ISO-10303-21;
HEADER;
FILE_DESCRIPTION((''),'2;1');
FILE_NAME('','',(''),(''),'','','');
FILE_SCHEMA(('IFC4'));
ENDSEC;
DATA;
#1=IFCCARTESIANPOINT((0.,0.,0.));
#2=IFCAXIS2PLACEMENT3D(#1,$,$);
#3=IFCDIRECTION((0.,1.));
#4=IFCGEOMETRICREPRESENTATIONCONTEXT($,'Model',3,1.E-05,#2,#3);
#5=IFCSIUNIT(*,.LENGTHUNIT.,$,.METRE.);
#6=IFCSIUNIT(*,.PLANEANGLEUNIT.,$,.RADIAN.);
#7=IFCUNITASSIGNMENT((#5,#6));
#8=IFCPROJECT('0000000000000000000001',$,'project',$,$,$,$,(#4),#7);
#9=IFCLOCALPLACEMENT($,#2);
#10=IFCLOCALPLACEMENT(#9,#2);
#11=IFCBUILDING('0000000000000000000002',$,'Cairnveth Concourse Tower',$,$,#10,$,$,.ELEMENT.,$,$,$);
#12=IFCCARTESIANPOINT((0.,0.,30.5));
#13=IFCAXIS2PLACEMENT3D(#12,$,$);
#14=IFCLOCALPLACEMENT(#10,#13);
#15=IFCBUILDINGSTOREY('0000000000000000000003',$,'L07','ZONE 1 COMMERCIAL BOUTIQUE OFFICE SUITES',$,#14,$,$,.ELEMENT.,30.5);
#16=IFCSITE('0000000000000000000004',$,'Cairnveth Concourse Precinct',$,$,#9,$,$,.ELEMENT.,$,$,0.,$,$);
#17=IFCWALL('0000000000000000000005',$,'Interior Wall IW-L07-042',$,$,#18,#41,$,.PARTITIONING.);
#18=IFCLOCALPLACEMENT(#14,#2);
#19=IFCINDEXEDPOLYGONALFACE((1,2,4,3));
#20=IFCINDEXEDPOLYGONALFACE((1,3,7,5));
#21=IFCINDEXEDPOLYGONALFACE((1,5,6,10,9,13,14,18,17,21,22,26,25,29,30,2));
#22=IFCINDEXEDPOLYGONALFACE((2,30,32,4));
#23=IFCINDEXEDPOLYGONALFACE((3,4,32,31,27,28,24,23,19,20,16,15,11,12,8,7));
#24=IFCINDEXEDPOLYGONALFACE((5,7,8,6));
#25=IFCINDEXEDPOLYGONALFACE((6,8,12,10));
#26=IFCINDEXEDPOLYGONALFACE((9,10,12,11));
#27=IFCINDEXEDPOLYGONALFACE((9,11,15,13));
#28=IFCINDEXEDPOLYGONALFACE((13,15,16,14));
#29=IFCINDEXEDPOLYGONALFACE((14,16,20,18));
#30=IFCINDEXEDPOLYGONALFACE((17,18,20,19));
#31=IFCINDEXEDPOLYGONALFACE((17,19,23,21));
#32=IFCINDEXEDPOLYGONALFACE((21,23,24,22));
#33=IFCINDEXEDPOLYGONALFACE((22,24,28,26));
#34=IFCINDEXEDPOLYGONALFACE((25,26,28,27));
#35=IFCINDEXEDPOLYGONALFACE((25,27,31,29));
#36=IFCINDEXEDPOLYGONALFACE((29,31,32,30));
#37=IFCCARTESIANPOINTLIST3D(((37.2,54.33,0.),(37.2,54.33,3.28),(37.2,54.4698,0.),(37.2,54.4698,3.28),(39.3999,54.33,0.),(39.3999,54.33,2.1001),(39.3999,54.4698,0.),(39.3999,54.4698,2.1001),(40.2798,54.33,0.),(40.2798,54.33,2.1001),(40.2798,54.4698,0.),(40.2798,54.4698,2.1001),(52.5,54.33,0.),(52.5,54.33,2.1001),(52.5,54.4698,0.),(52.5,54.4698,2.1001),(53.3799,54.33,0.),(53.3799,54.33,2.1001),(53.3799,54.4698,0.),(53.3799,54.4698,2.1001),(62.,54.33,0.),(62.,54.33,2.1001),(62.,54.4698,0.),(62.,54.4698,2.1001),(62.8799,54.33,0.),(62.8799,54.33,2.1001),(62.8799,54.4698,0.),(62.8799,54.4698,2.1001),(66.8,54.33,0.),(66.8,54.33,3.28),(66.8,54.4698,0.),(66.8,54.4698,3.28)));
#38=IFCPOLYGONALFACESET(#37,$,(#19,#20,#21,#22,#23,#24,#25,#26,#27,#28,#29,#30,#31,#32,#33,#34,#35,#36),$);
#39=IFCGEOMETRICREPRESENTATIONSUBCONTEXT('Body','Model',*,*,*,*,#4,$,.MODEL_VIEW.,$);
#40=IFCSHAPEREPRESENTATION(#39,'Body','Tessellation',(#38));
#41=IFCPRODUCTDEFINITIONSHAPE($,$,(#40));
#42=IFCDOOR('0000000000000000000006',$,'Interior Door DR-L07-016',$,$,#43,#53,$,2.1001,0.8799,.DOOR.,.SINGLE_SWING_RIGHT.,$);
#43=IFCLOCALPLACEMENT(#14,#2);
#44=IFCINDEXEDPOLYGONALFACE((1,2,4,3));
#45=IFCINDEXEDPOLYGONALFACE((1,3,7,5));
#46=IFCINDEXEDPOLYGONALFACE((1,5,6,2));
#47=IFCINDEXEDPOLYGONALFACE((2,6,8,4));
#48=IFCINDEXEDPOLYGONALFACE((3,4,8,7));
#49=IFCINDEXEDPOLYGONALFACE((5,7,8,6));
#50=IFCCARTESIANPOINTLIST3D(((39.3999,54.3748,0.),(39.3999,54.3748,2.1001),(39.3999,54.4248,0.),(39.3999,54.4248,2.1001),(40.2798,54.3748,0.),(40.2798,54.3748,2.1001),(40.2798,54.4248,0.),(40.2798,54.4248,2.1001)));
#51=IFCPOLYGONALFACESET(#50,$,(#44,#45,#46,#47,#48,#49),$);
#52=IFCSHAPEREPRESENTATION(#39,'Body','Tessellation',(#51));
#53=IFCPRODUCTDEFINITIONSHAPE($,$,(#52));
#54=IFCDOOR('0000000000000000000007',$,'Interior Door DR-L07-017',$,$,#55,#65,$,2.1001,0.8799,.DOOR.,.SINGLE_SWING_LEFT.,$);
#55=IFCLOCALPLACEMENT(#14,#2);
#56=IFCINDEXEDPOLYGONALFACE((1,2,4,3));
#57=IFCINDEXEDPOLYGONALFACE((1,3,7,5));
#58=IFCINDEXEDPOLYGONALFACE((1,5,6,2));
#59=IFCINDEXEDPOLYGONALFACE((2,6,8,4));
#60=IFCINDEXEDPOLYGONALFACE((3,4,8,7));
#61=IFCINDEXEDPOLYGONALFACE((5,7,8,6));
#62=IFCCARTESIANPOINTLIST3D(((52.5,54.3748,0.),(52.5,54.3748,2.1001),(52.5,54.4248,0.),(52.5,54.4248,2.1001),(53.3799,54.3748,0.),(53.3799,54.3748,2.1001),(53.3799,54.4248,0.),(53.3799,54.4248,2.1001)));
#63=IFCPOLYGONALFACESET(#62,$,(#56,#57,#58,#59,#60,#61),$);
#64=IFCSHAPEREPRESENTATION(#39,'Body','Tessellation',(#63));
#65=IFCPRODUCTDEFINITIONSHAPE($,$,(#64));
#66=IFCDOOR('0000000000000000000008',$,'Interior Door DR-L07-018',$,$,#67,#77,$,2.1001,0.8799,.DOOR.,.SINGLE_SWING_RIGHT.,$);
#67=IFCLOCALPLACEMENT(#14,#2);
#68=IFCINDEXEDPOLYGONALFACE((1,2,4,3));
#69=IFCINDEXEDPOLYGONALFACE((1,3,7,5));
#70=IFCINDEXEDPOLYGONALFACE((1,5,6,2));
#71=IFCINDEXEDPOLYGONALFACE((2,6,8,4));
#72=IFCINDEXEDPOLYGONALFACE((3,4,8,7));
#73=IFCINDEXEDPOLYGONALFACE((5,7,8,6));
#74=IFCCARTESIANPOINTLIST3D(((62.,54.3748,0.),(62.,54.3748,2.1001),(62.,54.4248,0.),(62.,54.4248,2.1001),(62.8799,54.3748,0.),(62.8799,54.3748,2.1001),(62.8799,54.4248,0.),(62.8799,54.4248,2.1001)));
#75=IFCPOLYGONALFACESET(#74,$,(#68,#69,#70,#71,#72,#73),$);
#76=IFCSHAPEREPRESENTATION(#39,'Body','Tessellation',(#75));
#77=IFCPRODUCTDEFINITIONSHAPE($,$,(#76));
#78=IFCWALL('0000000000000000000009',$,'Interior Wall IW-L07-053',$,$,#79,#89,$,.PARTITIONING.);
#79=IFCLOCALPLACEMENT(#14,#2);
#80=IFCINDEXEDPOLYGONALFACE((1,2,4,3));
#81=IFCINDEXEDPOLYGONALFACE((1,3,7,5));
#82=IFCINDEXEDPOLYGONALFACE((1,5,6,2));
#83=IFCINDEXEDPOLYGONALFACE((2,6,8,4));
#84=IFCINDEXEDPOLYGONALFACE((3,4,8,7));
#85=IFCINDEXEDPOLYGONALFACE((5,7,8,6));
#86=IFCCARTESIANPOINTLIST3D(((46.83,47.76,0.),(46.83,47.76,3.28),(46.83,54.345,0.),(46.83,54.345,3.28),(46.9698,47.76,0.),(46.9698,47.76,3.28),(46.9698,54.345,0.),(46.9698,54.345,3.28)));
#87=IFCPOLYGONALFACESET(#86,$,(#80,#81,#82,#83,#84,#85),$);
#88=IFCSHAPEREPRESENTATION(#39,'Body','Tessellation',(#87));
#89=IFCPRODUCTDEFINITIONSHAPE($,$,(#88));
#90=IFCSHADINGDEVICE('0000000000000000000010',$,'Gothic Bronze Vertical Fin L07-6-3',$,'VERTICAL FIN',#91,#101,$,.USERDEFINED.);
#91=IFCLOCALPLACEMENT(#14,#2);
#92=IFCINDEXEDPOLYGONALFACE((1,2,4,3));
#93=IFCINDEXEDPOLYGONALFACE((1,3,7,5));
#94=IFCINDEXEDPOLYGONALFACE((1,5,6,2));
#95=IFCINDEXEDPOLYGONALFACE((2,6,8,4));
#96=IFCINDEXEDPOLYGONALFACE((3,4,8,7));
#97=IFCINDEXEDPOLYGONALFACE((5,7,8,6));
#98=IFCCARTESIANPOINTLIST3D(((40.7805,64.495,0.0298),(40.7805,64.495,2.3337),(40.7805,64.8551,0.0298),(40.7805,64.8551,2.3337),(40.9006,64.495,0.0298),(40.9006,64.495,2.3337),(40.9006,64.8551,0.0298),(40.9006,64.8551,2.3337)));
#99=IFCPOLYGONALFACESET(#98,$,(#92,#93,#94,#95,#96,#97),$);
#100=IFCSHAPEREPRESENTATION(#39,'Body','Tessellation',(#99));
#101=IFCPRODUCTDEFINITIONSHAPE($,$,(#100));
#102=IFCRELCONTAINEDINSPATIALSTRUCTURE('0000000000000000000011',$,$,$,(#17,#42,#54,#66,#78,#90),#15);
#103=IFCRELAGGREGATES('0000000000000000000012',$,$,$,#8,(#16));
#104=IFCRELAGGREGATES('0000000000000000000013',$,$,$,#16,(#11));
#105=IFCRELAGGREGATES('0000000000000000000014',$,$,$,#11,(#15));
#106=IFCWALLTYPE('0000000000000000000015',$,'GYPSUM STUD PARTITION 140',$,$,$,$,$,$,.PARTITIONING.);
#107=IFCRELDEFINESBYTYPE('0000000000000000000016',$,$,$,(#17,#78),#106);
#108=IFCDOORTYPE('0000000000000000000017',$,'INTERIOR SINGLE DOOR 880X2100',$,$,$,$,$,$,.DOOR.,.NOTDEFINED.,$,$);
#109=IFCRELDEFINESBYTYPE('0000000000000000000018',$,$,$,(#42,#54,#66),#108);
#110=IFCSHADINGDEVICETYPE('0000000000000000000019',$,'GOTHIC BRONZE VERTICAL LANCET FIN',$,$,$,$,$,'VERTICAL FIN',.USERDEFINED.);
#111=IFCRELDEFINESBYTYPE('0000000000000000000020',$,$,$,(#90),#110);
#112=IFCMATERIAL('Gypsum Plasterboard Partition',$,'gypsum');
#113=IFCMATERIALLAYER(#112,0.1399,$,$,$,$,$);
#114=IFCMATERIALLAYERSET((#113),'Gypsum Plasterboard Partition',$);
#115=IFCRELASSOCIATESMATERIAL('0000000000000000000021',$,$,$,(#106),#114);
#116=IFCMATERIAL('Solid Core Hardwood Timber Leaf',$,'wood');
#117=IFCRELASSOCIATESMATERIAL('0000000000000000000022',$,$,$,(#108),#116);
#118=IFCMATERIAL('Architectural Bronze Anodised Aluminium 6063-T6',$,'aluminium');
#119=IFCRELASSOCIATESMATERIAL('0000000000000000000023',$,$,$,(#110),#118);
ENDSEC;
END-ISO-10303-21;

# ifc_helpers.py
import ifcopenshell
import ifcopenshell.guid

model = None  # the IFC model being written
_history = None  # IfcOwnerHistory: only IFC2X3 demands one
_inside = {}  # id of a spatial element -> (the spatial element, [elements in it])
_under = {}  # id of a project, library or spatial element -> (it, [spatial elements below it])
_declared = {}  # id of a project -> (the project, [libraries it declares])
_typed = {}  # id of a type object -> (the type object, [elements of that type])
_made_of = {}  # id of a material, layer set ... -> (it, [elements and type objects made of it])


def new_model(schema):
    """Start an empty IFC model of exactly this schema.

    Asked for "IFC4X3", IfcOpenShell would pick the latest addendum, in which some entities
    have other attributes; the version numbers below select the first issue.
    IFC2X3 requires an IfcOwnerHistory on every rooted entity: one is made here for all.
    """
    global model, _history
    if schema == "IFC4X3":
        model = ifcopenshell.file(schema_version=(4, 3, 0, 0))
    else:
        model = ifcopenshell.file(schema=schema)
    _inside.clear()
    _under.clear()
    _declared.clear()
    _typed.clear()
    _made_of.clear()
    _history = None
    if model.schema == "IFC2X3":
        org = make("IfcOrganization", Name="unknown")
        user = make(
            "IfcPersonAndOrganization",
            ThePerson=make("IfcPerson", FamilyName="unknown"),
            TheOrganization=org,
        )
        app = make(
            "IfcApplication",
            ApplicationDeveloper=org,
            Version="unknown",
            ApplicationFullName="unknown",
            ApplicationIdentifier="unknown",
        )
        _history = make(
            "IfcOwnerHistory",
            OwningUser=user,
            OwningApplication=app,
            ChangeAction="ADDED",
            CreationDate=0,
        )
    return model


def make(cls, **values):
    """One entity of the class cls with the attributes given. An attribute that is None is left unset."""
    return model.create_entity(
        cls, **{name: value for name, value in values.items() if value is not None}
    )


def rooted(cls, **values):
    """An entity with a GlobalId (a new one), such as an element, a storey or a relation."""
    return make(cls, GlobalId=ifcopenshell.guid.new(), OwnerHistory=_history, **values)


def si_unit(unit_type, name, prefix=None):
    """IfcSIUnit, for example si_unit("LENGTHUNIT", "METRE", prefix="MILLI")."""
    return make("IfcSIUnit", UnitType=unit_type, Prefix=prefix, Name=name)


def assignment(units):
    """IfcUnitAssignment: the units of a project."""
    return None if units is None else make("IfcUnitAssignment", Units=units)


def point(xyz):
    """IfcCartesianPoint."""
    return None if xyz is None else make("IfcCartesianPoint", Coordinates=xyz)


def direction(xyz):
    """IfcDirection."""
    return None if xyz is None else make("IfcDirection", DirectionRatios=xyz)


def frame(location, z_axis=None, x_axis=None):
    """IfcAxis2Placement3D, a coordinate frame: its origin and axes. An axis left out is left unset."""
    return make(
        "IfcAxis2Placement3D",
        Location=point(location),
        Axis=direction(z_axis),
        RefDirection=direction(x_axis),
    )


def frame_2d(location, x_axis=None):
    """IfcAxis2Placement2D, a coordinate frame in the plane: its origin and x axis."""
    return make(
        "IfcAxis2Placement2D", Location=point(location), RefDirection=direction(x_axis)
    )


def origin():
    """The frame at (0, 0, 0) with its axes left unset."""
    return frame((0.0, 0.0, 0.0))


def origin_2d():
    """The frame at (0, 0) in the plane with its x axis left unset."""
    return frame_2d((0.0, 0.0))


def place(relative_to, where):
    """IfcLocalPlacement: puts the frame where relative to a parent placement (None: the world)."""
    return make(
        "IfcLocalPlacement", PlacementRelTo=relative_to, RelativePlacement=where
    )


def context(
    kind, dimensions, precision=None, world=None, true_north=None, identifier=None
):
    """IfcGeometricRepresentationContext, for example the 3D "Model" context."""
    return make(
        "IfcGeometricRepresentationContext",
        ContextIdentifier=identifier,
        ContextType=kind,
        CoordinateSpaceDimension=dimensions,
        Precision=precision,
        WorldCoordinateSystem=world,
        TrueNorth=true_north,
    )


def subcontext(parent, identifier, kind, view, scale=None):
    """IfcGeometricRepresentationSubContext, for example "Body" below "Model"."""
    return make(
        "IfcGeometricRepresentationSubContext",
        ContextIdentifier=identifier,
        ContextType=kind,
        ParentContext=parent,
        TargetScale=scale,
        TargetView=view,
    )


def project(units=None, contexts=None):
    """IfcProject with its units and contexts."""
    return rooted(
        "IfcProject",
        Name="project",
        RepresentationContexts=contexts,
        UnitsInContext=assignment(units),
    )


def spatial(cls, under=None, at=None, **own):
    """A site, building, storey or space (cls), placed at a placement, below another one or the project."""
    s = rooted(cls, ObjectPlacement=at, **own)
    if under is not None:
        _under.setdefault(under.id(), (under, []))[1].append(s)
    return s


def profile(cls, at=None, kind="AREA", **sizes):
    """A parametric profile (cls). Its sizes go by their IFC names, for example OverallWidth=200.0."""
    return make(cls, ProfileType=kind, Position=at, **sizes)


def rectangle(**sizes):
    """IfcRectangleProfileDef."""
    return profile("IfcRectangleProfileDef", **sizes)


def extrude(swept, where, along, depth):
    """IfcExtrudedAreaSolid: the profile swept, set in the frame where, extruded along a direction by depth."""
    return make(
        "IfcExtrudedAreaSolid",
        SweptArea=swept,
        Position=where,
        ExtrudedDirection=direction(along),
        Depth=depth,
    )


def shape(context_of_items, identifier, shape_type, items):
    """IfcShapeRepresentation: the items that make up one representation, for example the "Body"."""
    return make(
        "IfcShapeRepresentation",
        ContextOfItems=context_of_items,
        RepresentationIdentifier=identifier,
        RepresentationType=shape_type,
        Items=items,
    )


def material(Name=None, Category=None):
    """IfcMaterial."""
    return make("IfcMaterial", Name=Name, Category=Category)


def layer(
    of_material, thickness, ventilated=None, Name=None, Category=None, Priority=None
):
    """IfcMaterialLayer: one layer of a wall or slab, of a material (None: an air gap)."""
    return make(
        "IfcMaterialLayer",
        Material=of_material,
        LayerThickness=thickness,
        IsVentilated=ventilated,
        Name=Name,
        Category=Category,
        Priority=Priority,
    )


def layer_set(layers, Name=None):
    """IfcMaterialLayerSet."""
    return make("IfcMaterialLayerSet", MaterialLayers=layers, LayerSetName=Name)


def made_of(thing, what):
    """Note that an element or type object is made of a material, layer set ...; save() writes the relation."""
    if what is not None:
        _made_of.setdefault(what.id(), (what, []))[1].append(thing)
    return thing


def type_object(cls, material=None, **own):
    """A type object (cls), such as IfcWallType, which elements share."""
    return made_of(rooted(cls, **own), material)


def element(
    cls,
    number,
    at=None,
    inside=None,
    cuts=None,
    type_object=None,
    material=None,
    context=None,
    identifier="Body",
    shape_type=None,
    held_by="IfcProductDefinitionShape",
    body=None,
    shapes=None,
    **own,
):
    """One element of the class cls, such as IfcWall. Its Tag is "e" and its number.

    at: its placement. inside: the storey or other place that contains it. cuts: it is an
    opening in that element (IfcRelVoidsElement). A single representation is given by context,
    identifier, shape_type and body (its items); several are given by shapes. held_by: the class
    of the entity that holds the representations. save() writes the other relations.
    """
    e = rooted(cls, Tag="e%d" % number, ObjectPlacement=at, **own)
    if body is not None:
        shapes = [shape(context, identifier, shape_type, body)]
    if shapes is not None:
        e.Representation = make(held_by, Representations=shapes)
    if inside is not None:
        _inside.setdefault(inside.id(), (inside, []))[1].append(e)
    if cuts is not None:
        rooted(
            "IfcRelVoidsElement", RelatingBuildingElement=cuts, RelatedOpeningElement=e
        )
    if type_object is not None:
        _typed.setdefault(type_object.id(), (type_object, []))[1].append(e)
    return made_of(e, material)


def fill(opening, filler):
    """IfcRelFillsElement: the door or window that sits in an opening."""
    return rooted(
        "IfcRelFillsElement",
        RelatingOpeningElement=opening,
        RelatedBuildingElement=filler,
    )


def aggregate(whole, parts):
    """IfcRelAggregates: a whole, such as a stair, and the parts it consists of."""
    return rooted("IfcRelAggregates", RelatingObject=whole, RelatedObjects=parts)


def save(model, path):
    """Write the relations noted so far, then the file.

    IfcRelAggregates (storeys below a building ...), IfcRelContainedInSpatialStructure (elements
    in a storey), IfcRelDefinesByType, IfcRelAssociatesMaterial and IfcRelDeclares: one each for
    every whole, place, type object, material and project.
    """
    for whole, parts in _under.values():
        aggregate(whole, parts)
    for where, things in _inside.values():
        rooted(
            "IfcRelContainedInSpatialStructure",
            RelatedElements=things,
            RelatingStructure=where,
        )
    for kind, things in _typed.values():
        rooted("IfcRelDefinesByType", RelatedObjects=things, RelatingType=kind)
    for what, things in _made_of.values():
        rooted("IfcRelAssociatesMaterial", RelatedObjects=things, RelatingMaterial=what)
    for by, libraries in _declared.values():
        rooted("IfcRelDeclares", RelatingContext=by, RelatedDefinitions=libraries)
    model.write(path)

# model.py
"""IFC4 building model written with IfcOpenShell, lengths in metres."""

from ifc_helpers import new_model, si_unit, direction, frame, frame_2d, origin, origin_2d, place, context, subcontext, project, spatial, rectangle, extrude, material, layer, layer_set, type_object, element, fill, save


model = new_model("IFC4")

# Units and contexts
model_context = context("Model", 3, precision=1e-05, world=origin(), true_north=direction((0.0, 1.0)))
body_context = subcontext(model_context, "Body", "Model", "MODEL_VIEW")
ifc_project = project(units=[si_unit("LENGTHUNIT", "METRE"), si_unit("PLANEANGLEUNIT", "RADIAN")], contexts=[model_context])

# Site, building, storey
site_placement = place(None, origin())
site = spatial("IfcSite", under=ifc_project, at=site_placement, Name="Cairnveth Concourse Precinct", CompositionType="ELEMENT", RefElevation=0.0)
building_placement = place(site_placement, origin())
building = spatial("IfcBuilding", under=site, at=building_placement, Name="Cairnveth Concourse Tower", CompositionType="ELEMENT")
storey_placement = place(building_placement, frame((0.0, 0.0, 30.5)))
storey = spatial("IfcBuildingStorey", under=building, at=storey_placement, Name="L07", Description="ZONE 1 COMMERCIAL BOUTIQUE OFFICE SUITES", CompositionType="ELEMENT", Elevation=30.5)

# Wall, openings, doors
ifc_material_1 = material(Name="Gypsum Plasterboard Partition", Category="gypsum")
ifc_layer_1 = layer(ifc_material_1, 0.1399)
ifc_layer_set_1 = layer_set([ifc_layer_1], Name="Gypsum Plasterboard Partition")
wall_type_1 = type_object("IfcWallType", Name="GYPSUM STUD PARTITION 140", PredefinedType="PARTITIONING", material=ifc_layer_set_1)
ifc_material_2 = material(Name="Solid Core Hardwood Timber Leaf", Category="wood")
wall_1_placement = place(storey_placement, frame((37.2, 54.3999, 0.0), z_axis=(0.0, 0.0, 1.0), x_axis=(1.0, 0.0, 0.0)))
wall_1 = element("IfcWall", 1, at=wall_1_placement, inside=storey, type_object=wall_type_1, Name="Interior Wall IW-L07-042", PredefinedType="PARTITIONING", context=body_context, shape_type="SweptSolid", body=[
    extrude(rectangle(XDim=29.6001, YDim=0.1399, at=frame_2d((14.8, 0.0))), origin(), (0.0, 0.0, 1.0), 3.28),
])
opening_1_placement = place(wall_1_placement, frame((2.2, 0.0, 0.0)))
opening_1 = element("IfcOpeningElement", 2, at=opening_1_placement, cuts=wall_1, PredefinedType="OPENING", context=body_context, shape_type="SweptSolid", body=[
    extrude(rectangle(XDim=0.8799, YDim=2.1001, at=frame_2d((0.4399, 1.05))), frame((0.0, 0.0798, 0.0), z_axis=(0.0, -1.0, 0.0), x_axis=(1.0, 0.0, 0.0)), (0.0, 0.0, 1.0), 0.1599),
])
opening_2_placement = place(wall_1_placement, frame((15.3, 0.0, 0.0)))
opening_2 = element("IfcOpeningElement", 3, at=opening_2_placement, cuts=wall_1, PredefinedType="OPENING", context=body_context, shape_type="SweptSolid", body=[
    extrude(rectangle(XDim=0.8799, YDim=2.1001, at=frame_2d((0.4399, 1.05))), frame((0.0, 0.0798, 0.0), z_axis=(0.0, -1.0, 0.0), x_axis=(1.0, 0.0, 0.0)), (0.0, 0.0, 1.0), 0.1599),
])
opening_3_placement = place(wall_1_placement, frame((24.8, 0.0, 0.0)))
opening_3 = element("IfcOpeningElement", 4, at=opening_3_placement, cuts=wall_1, PredefinedType="OPENING", context=body_context, shape_type="SweptSolid", body=[
    extrude(rectangle(XDim=0.8799, YDim=2.1001, at=frame_2d((0.4399, 1.05))), frame((0.0, 0.0798, 0.0), z_axis=(0.0, -1.0, 0.0), x_axis=(1.0, 0.0, 0.0)), (0.0, 0.0, 1.0), 0.1599),
])
door_type_1 = type_object("IfcDoorType", Name="INTERIOR SINGLE DOOR 880X2100", OperationType="NOTDEFINED", PredefinedType="DOOR", material=ifc_material_2)
door_1_placement = place(opening_1_placement, origin())
door_1 = element("IfcDoor", 5, at=door_1_placement, inside=storey, type_object=door_type_1, Name="Interior Door DR-L07-016", OperationType="SINGLE_SWING_RIGHT", OverallHeight=2.1001, OverallWidth=0.8799, PredefinedType="DOOR", context=body_context, shape_type="SweptSolid", body=[
    extrude(rectangle(XDim=0.8799, YDim=2.1001, at=frame_2d((0.4399, 1.05))), frame((0.0, 0.0249, 0.0), z_axis=(0.0, -1.0, 0.0), x_axis=(1.0, 0.0, 0.0)), (0.0, 0.0, 1.0), 0.05),
])
fill(opening_1, door_1)
door_2_placement = place(opening_2_placement, origin())
door_2 = element("IfcDoor", 6, at=door_2_placement, inside=storey, type_object=door_type_1, Name="Interior Door DR-L07-017", OperationType="SINGLE_SWING_LEFT", OverallHeight=2.1001, OverallWidth=0.8799, PredefinedType="DOOR", context=body_context, shape_type="SweptSolid", body=[
    extrude(rectangle(XDim=0.8799, YDim=2.1001, at=frame_2d((0.4399, 1.05))), frame((0.0, 0.0249, 0.0), z_axis=(0.0, -1.0, 0.0), x_axis=(1.0, 0.0, 0.0)), (0.0, 0.0, 1.0), 0.05),
])
fill(opening_2, door_2)
door_3_placement = place(opening_3_placement, origin())
door_3 = element("IfcDoor", 7, at=door_3_placement, inside=storey, type_object=door_type_1, Name="Interior Door DR-L07-018", OperationType="SINGLE_SWING_RIGHT", OverallHeight=2.1001, OverallWidth=0.8799, PredefinedType="DOOR", context=body_context, shape_type="SweptSolid", body=[
    extrude(rectangle(XDim=0.8799, YDim=2.1001, at=frame_2d((0.4399, 1.05))), frame((0.0, 0.0249, 0.0), z_axis=(0.0, -1.0, 0.0), x_axis=(1.0, 0.0, 0.0)), (0.0, 0.0, 1.0), 0.05),
])
fill(opening_3, door_3)

# Wall
wall_2_placement = place(storey_placement, frame((46.8999, 47.76, 0.0), z_axis=(0.0, 0.0, 1.0), x_axis=(0.0, 1.0, 0.0)))
element("IfcWall", 8, at=wall_2_placement, inside=storey, type_object=wall_type_1, Name="Interior Wall IW-L07-053", PredefinedType="PARTITIONING", context=body_context, shape_type="SweptSolid", body=[
    extrude(rectangle(XDim=6.585, YDim=0.1399, at=frame_2d((3.2925, 0.0))), origin(), (0.0, 0.0, 1.0), 3.28),
])

# Shading device
ifc_material_3 = material(Name="Architectural Bronze Anodised Aluminium 6063-T6", Category="aluminium")
shading_device_type = type_object("IfcShadingDeviceType", Name="GOTHIC BRONZE VERTICAL LANCET FIN", ElementType="VERTICAL FIN", PredefinedType="USERDEFINED", material=ifc_material_3)
shading_device_placement = place(storey_placement, frame((40.8406, 64.675, 0.0298), z_axis=(0.0, 0.0, 1.0), x_axis=(1.0, 0.0, 0.0)))
element("IfcShadingDevice", 9, at=shading_device_placement, inside=storey, type_object=shading_device_type, Name="Gothic Bronze Vertical Fin L07-6-3", ObjectType="VERTICAL FIN", PredefinedType="USERDEFINED", context=body_context, shape_type="SweptSolid", body=[
    extrude(rectangle(XDim=0.1201, YDim=0.3601, at=origin_2d()), origin(), (0.0, 0.0, 1.0), 2.304),
])

save(model, "model.ifc")
